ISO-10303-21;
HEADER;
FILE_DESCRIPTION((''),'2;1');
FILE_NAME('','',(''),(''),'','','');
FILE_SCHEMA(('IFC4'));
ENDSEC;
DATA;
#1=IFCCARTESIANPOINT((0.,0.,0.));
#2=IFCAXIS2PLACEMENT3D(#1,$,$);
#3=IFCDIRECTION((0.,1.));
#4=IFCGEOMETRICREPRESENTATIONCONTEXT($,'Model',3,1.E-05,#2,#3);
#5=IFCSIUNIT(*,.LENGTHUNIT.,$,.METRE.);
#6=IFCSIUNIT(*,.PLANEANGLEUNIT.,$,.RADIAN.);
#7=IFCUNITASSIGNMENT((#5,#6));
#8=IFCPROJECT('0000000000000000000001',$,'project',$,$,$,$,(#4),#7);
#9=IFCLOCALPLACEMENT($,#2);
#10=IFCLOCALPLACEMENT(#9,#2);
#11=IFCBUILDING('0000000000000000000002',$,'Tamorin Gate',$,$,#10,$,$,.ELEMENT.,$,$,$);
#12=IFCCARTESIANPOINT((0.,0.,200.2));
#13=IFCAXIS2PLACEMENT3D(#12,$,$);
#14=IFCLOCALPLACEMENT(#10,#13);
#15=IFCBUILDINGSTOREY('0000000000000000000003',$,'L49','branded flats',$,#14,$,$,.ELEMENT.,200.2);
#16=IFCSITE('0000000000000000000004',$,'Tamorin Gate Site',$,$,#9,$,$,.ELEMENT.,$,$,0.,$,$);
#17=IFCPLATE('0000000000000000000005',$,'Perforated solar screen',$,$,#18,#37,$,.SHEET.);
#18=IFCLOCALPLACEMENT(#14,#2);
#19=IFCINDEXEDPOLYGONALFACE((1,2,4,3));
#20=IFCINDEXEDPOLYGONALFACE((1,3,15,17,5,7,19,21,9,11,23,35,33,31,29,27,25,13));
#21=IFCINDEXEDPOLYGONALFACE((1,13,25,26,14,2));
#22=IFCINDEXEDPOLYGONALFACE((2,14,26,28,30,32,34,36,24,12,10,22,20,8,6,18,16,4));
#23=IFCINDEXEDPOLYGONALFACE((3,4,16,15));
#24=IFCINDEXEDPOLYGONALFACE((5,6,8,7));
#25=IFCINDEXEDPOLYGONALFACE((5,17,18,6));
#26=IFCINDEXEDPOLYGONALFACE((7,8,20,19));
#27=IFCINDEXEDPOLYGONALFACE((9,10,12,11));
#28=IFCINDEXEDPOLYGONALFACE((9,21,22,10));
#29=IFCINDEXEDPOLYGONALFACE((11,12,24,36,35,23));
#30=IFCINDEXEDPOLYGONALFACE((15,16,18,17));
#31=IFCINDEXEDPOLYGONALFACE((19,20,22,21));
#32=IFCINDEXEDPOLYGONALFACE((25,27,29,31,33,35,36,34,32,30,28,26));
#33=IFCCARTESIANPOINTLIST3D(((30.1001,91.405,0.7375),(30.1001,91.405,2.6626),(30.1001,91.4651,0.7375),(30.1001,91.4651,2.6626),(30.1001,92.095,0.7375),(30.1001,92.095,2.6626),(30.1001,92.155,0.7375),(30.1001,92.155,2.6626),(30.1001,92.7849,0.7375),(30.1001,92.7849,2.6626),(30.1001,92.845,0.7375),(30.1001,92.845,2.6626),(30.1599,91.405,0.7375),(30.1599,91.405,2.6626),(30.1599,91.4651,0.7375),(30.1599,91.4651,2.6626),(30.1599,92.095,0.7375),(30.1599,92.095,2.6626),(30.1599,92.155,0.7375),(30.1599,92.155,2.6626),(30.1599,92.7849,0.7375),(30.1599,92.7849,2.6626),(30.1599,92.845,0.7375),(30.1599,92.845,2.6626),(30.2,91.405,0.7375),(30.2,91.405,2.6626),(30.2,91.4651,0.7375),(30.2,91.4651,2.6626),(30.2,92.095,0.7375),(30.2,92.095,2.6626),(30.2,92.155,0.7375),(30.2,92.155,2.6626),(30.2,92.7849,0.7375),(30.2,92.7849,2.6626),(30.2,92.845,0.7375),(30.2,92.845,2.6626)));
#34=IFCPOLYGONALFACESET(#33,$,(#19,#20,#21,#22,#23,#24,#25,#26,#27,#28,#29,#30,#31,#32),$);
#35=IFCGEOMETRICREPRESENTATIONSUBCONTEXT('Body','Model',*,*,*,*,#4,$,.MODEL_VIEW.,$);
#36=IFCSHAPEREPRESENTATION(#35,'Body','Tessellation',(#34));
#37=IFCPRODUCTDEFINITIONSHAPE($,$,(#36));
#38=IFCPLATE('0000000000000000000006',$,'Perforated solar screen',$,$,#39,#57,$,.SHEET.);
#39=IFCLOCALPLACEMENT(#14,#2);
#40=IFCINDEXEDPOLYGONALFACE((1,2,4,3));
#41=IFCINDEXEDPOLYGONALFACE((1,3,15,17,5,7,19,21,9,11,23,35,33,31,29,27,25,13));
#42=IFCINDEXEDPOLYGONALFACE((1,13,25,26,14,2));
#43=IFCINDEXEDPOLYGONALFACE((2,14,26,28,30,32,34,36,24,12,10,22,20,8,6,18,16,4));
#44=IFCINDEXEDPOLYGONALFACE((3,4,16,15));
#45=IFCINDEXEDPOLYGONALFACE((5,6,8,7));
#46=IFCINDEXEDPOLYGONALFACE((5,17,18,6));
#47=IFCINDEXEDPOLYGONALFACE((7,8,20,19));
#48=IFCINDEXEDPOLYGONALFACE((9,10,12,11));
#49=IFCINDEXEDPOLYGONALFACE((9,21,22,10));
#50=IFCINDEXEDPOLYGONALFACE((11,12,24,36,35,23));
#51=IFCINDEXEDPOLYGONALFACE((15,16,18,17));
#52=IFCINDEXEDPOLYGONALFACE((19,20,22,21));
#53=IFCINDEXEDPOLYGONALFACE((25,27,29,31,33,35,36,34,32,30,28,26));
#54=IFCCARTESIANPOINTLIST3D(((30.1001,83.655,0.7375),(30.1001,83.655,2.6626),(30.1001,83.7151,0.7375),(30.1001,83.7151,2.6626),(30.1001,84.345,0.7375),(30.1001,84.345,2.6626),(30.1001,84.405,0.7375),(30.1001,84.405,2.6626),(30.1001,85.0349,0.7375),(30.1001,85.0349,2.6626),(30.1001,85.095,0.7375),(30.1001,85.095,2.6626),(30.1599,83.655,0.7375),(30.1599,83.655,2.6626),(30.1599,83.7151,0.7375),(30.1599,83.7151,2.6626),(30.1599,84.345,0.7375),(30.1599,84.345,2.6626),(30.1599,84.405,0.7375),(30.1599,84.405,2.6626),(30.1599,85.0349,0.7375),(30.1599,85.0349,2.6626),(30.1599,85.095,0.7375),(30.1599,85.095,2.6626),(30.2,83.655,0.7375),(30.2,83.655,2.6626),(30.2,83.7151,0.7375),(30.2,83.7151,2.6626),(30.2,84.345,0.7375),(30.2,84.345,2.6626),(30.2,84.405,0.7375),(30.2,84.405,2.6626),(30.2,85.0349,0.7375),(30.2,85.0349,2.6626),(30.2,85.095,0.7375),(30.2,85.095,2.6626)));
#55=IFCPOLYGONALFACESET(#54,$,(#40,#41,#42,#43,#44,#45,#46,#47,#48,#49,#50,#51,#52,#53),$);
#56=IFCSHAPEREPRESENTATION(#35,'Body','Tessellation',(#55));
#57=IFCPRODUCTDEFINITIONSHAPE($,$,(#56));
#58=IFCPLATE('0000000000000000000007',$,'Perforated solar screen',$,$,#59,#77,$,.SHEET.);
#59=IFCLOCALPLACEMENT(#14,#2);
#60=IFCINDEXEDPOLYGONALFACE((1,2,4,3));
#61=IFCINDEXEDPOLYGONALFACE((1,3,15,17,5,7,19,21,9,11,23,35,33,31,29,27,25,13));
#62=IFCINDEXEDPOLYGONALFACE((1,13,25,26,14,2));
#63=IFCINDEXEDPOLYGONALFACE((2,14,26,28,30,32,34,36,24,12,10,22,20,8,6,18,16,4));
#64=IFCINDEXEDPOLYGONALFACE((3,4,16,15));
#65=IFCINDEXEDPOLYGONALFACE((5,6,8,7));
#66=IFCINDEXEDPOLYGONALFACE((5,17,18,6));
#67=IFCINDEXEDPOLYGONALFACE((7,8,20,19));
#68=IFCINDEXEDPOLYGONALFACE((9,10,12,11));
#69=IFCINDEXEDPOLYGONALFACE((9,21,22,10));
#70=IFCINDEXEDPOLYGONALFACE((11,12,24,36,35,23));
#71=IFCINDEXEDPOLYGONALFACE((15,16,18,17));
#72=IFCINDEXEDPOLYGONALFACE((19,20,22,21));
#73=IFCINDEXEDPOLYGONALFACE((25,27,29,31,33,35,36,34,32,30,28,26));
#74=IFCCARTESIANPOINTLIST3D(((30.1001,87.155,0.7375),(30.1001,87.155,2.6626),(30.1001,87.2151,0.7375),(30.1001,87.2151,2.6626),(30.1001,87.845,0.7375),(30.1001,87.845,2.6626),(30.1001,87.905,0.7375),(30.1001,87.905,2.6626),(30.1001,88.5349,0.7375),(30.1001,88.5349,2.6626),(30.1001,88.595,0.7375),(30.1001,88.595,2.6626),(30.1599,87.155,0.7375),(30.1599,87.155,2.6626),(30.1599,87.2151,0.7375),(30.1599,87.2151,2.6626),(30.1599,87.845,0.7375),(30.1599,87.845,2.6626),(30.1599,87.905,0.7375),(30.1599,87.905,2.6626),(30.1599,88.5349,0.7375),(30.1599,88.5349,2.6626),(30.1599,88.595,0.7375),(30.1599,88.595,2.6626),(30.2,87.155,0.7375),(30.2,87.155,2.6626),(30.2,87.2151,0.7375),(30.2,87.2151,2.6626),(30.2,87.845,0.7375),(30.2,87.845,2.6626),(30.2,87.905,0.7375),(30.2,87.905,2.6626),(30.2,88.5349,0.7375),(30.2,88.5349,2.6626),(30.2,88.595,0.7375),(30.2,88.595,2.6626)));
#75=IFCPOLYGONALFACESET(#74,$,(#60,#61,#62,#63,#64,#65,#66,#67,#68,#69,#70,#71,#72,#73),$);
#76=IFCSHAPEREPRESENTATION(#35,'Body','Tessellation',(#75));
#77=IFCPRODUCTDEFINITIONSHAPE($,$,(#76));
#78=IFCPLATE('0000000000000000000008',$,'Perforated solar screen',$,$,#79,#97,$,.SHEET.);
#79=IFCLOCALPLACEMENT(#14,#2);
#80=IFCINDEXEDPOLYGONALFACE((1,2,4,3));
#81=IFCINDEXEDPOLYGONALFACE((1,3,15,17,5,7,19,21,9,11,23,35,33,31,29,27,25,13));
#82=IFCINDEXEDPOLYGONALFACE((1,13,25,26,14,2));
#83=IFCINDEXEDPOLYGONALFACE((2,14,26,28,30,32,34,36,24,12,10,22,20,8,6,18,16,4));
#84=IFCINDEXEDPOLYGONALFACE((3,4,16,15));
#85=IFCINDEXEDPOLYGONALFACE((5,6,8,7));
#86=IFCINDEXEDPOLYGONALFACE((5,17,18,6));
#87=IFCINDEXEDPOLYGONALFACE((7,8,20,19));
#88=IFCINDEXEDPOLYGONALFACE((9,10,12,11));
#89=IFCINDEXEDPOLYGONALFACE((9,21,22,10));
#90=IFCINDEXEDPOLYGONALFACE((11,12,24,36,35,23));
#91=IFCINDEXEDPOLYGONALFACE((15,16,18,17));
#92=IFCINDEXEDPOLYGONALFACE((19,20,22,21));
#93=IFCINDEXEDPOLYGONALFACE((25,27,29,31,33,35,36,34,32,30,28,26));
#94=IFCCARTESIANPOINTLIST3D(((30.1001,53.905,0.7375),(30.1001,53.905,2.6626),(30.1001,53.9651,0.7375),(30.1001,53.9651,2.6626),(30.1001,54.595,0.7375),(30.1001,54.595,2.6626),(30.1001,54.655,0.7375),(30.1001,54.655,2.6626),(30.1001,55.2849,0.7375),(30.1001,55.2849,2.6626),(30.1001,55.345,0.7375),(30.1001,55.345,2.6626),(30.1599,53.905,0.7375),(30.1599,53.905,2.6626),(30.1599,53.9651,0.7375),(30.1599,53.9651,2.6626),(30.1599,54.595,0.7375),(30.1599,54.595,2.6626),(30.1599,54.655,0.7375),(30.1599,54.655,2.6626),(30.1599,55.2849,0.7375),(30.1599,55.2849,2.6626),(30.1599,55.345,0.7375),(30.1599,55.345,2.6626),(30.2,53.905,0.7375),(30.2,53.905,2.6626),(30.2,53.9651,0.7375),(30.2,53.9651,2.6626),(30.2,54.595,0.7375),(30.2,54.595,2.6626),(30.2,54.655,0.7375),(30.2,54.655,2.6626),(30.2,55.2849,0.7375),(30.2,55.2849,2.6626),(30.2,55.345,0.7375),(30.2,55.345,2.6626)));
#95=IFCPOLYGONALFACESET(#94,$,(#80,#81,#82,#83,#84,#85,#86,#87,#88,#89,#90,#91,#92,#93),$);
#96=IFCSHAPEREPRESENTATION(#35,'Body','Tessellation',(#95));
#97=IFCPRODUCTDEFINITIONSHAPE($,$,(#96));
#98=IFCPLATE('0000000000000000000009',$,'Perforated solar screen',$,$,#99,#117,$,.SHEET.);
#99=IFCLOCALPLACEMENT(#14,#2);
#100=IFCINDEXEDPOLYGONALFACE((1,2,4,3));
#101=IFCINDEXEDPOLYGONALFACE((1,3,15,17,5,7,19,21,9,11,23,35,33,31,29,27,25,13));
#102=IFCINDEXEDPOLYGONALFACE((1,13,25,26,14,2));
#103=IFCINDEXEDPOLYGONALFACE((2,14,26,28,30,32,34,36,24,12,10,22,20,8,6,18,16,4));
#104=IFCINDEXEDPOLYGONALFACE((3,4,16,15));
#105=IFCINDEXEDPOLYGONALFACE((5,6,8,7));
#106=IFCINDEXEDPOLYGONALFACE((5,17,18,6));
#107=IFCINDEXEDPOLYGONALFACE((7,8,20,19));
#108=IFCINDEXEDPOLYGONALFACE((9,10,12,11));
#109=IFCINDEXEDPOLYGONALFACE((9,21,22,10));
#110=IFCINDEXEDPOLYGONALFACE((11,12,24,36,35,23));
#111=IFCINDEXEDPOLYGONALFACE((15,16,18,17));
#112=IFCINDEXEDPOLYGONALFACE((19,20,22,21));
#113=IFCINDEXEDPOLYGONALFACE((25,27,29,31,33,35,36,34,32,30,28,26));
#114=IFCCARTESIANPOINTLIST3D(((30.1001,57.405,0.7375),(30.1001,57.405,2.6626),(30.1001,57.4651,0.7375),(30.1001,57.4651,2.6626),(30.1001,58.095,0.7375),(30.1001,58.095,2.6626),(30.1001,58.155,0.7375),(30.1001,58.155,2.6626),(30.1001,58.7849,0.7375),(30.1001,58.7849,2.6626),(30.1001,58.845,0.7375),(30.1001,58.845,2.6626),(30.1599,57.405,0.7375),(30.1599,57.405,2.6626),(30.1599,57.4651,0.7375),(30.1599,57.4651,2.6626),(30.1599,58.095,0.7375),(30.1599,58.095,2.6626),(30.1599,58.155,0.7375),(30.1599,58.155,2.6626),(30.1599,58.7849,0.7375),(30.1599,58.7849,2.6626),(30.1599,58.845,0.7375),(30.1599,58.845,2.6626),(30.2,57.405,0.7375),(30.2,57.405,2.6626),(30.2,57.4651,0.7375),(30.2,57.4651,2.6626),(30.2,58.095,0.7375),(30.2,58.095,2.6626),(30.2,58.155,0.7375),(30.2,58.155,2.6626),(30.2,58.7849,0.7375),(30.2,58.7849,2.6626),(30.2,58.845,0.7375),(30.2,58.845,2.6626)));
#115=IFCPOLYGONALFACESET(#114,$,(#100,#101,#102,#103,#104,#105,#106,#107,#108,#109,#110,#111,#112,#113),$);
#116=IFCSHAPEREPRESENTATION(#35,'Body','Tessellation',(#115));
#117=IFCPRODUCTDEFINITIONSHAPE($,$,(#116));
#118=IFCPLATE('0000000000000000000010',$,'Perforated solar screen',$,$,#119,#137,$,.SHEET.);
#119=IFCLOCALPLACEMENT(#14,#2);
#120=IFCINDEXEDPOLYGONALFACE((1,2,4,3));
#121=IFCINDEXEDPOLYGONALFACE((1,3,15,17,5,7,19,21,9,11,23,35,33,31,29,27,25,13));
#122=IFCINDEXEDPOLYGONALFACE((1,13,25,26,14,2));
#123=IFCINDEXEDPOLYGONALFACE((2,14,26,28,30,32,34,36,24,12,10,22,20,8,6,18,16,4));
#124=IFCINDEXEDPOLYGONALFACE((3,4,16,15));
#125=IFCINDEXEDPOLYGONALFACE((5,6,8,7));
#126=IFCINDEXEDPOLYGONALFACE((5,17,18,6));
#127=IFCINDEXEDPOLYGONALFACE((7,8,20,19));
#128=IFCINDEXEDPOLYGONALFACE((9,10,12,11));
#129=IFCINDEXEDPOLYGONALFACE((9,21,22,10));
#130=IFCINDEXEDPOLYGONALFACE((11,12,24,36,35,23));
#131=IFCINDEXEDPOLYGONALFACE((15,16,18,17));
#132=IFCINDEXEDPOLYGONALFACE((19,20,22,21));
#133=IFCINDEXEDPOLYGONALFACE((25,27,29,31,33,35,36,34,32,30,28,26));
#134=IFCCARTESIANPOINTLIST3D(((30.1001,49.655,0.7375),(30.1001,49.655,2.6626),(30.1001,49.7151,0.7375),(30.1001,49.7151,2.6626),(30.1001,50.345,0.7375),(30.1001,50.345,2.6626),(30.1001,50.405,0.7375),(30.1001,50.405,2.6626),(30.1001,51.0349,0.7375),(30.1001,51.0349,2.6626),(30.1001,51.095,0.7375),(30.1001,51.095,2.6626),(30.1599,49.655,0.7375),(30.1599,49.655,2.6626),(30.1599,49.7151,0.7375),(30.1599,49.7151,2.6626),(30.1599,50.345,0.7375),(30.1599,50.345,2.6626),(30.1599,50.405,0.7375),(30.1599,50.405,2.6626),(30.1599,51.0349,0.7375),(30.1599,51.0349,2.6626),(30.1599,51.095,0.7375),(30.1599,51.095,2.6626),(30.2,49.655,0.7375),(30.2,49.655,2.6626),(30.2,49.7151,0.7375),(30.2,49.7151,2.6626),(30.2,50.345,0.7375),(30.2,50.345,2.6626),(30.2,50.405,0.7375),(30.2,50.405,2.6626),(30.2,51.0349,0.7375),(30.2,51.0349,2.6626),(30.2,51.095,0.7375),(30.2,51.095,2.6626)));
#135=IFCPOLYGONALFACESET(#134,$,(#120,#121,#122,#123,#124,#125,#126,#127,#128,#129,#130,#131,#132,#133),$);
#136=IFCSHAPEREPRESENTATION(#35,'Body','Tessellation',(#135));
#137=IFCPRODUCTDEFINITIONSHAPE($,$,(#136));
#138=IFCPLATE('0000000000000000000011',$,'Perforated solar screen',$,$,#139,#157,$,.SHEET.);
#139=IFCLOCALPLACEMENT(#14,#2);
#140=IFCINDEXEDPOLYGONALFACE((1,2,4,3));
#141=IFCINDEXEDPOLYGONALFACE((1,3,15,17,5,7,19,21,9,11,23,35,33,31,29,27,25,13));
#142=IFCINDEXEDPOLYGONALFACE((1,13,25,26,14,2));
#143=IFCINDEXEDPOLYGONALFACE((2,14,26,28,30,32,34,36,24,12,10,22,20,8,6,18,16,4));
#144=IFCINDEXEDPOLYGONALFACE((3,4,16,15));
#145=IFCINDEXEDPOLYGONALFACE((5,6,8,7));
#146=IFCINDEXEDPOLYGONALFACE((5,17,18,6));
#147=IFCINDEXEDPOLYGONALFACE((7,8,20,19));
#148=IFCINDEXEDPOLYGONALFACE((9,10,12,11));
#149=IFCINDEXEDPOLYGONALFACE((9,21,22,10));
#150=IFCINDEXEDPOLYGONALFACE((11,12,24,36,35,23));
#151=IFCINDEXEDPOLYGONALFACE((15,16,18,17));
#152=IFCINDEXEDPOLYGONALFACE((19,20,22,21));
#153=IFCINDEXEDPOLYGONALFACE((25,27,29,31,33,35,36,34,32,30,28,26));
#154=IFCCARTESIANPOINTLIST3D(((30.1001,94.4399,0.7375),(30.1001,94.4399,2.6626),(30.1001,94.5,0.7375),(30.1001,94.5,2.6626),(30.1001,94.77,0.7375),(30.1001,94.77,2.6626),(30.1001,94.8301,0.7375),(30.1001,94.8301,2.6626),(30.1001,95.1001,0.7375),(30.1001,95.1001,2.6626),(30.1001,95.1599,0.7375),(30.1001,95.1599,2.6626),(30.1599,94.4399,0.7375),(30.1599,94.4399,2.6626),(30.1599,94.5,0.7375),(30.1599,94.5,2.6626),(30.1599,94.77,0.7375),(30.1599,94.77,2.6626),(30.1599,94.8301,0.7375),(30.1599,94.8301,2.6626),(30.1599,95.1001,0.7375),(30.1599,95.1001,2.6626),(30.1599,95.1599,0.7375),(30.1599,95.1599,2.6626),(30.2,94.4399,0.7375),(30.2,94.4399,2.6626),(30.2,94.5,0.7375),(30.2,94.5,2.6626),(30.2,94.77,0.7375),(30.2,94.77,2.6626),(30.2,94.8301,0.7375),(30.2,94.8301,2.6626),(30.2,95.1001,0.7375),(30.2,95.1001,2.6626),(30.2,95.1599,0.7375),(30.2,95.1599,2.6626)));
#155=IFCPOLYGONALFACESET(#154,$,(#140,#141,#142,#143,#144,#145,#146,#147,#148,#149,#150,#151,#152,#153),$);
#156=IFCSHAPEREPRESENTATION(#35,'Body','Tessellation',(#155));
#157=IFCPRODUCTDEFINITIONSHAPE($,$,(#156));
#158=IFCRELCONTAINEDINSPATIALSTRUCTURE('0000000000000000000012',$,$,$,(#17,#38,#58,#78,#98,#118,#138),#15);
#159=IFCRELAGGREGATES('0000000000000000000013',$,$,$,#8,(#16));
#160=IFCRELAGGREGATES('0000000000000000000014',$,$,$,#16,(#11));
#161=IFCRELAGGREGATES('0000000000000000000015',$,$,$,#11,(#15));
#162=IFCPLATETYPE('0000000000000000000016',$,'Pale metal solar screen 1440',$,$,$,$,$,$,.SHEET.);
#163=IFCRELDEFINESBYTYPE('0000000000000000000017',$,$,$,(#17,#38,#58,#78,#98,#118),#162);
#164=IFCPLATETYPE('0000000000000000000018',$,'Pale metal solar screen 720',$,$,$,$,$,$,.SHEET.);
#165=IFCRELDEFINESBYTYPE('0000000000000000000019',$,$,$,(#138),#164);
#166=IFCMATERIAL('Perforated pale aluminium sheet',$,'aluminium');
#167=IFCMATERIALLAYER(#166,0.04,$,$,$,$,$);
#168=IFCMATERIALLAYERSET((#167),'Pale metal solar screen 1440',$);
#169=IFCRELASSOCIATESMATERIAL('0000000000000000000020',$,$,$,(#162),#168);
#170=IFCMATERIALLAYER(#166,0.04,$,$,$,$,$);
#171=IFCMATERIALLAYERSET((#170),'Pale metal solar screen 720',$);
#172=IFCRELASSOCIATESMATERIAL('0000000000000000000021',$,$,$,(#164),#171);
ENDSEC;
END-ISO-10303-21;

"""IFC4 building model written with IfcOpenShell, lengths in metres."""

from ifc_helpers import new_model, si_unit, direction, frame, origin, place, context, subcontext, project, spatial, polyline, outline, extrude, material, layer, layer_set, type_object, element, save


model = new_model("IFC4")

# Units and contexts
model_context = context("Model", 3, precision=1e-05, world=origin(), true_north=direction((0.0, 1.0)))
body_context = subcontext(model_context, "Body", "Model", "MODEL_VIEW")
ifc_project = project(units=[si_unit("LENGTHUNIT", "METRE"), si_unit("PLANEANGLEUNIT", "RADIAN")], contexts=[model_context])

# Site, building, storey
site_placement = place(None, origin())
site = spatial("IfcSite", under=ifc_project, at=site_placement, Name="Tamorin Gate Site", CompositionType="ELEMENT", RefElevation=0.0)
building_placement = place(site_placement, origin())
building = spatial("IfcBuilding", under=site, at=building_placement, Name="Tamorin Gate", CompositionType="ELEMENT")
storey_placement = place(building_placement, frame((0.0, 0.0, 200.2)))
storey = spatial("IfcBuildingStorey", under=building, at=storey_placement, Name="L49", Description="branded flats", CompositionType="ELEMENT", Elevation=200.2)

# Plates
ifc_material_1 = material(Name="Perforated pale aluminium sheet", Category="aluminium")
ifc_layer_1 = layer(ifc_material_1, 0.04)
ifc_layer_set_1 = layer_set([ifc_layer_1], Name="Pale metal solar screen 1440")
plate_type_1 = type_object("IfcPlateType", Name="Pale metal solar screen 1440", PredefinedType="SHEET", material=ifc_layer_set_1)
plate_1_placement = place(storey_placement, frame((0.0, 0.0, 0.7375)))
element("IfcPlate", 1, at=plate_1_placement, inside=storey, type_object=plate_type_1, Name="Perforated solar screen", PredefinedType="SHEET", context=body_context, shape_type="SweptSolid", body=[
    extrude(outline(polyline([(30.1599, 92.845), (30.2, 92.845), (30.2, 92.7849), (30.2, 92.155), (30.2, 92.095), (30.2, 91.4651), (30.2, 91.405), (30.2, 91.405), (30.1599, 91.405), (30.1599, 91.405), (30.1001, 91.405), (30.1001, 91.4651), (30.1599, 91.4651), (30.1599, 92.095), (30.1001, 92.095), (30.1001, 92.155), (30.1599, 92.155), (30.1599, 92.7849), (30.1001, 92.7849), (30.1001, 92.845), (30.1599, 92.845)])), origin(), (0.0, 0.0, 1.0), 1.925),
])
plate_2_placement = place(storey_placement, frame((0.0, 0.0, 0.7375)))
element("IfcPlate", 2, at=plate_2_placement, inside=storey, type_object=plate_type_1, Name="Perforated solar screen", PredefinedType="SHEET", context=body_context, shape_type="SweptSolid", body=[
    extrude(outline(polyline([(30.1599, 85.095), (30.2, 85.095), (30.2, 85.0349), (30.2, 84.405), (30.2, 84.345), (30.2, 83.7151), (30.2, 83.655), (30.1599, 83.655), (30.1001, 83.655), (30.1001, 83.7151), (30.1599, 83.7151), (30.1599, 84.345), (30.1001, 84.345), (30.1001, 84.405), (30.1599, 84.405), (30.1599, 85.0349), (30.1001, 85.0349), (30.1001, 85.095), (30.1599, 85.095)])), origin(), (0.0, 0.0, 1.0), 1.925),
])
plate_3_placement = place(storey_placement, frame((0.0, 0.0, 0.7375)))
element("IfcPlate", 3, at=plate_3_placement, inside=storey, type_object=plate_type_1, Name="Perforated solar screen", PredefinedType="SHEET", context=body_context, shape_type="SweptSolid", body=[
    extrude(outline(polyline([(30.1599, 88.595), (30.2, 88.595), (30.2, 88.5349), (30.2, 87.905), (30.2, 87.845), (30.2, 87.2151), (30.2, 87.155), (30.1599, 87.155), (30.1001, 87.155), (30.1001, 87.2151), (30.1599, 87.2151), (30.1599, 87.845), (30.1001, 87.845), (30.1001, 87.905), (30.1599, 87.905), (30.1599, 88.5349), (30.1001, 88.5349), (30.1001, 88.595), (30.1599, 88.595)])), origin(), (0.0, 0.0, 1.0), 1.925),
])
plate_4_placement = place(storey_placement, frame((0.0, 0.0, 0.7375)))
element("IfcPlate", 4, at=plate_4_placement, inside=storey, type_object=plate_type_1, Name="Perforated solar screen", PredefinedType="SHEET", context=body_context, shape_type="SweptSolid", body=[
    extrude(outline(polyline([(30.1599, 55.345), (30.2, 55.345), (30.2, 55.2849), (30.2, 54.655), (30.2, 54.595), (30.2, 53.9651), (30.2, 53.905), (30.1599, 53.905), (30.1001, 53.905), (30.1001, 53.9651), (30.1599, 53.9651), (30.1599, 54.595), (30.1001, 54.595), (30.1001, 54.655), (30.1599, 54.655), (30.1599, 55.2849), (30.1001, 55.2849), (30.1001, 55.345), (30.1599, 55.345)])), origin(), (0.0, 0.0, 1.0), 1.925),
])
plate_5_placement = place(storey_placement, frame((0.0, 0.0, 0.7375)))
element("IfcPlate", 5, at=plate_5_placement, inside=storey, type_object=plate_type_1, Name="Perforated solar screen", PredefinedType="SHEET", context=body_context, shape_type="SweptSolid", body=[
    extrude(outline(polyline([(30.1599, 58.845), (30.2, 58.845), (30.2, 58.7849), (30.2, 58.155), (30.2, 58.095), (30.2, 57.4651), (30.2, 57.405), (30.1599, 57.405), (30.1001, 57.405), (30.1001, 57.4651), (30.1599, 57.4651), (30.1599, 58.095), (30.1001, 58.095), (30.1001, 58.155), (30.1599, 58.155), (30.1599, 58.7849), (30.1001, 58.7849), (30.1001, 58.845), (30.1599, 58.845)])), origin(), (0.0, 0.0, 1.0), 1.925),
])
plate_6_placement = place(storey_placement, frame((0.0, 0.0, 0.7375)))
element("IfcPlate", 6, at=plate_6_placement, inside=storey, type_object=plate_type_1, Name="Perforated solar screen", PredefinedType="SHEET", context=body_context, shape_type="SweptSolid", body=[
    extrude(outline(polyline([(30.1599, 51.095), (30.2, 51.095), (30.2, 51.0349), (30.2, 50.405), (30.2, 50.345), (30.2, 49.7151), (30.2, 49.655), (30.1599, 49.655), (30.1001, 49.655), (30.1001, 49.7151), (30.1599, 49.7151), (30.1599, 50.345), (30.1001, 50.345), (30.1001, 50.405), (30.1599, 50.405), (30.1599, 51.0349), (30.1001, 51.0349), (30.1001, 51.095), (30.1599, 51.095)])), origin(), (0.0, 0.0, 1.0), 1.925),
])
ifc_layer_2 = layer(ifc_material_1, 0.04)
ifc_layer_set_2 = layer_set([ifc_layer_2], Name="Pale metal solar screen 720")
plate_type_2 = type_object("IfcPlateType", Name="Pale metal solar screen 720", PredefinedType="SHEET", material=ifc_layer_set_2)
plate_7_placement = place(storey_placement, frame((0.0, 0.0, 0.7375)))
element("IfcPlate", 7, at=plate_7_placement, inside=storey, type_object=plate_type_2, Name="Perforated solar screen", PredefinedType="SHEET", context=body_context, shape_type="SweptSolid", body=[
    extrude(outline(polyline([(30.1599, 95.1599), (30.2, 95.1599), (30.2, 95.1001), (30.2, 94.8301), (30.2, 94.77), (30.2, 94.5), (30.2, 94.4399), (30.1599, 94.4399), (30.1001, 94.4399), (30.1001, 94.5), (30.1599, 94.5), (30.1599, 94.77), (30.1001, 94.77), (30.1001, 94.8301), (30.1599, 94.8301), (30.1599, 95.1001), (30.1001, 95.1001), (30.1001, 95.1599), (30.1599, 95.1599)])), origin(), (0.0, 0.0, 1.0), 1.925),
])

save(model, "model.ifc")
